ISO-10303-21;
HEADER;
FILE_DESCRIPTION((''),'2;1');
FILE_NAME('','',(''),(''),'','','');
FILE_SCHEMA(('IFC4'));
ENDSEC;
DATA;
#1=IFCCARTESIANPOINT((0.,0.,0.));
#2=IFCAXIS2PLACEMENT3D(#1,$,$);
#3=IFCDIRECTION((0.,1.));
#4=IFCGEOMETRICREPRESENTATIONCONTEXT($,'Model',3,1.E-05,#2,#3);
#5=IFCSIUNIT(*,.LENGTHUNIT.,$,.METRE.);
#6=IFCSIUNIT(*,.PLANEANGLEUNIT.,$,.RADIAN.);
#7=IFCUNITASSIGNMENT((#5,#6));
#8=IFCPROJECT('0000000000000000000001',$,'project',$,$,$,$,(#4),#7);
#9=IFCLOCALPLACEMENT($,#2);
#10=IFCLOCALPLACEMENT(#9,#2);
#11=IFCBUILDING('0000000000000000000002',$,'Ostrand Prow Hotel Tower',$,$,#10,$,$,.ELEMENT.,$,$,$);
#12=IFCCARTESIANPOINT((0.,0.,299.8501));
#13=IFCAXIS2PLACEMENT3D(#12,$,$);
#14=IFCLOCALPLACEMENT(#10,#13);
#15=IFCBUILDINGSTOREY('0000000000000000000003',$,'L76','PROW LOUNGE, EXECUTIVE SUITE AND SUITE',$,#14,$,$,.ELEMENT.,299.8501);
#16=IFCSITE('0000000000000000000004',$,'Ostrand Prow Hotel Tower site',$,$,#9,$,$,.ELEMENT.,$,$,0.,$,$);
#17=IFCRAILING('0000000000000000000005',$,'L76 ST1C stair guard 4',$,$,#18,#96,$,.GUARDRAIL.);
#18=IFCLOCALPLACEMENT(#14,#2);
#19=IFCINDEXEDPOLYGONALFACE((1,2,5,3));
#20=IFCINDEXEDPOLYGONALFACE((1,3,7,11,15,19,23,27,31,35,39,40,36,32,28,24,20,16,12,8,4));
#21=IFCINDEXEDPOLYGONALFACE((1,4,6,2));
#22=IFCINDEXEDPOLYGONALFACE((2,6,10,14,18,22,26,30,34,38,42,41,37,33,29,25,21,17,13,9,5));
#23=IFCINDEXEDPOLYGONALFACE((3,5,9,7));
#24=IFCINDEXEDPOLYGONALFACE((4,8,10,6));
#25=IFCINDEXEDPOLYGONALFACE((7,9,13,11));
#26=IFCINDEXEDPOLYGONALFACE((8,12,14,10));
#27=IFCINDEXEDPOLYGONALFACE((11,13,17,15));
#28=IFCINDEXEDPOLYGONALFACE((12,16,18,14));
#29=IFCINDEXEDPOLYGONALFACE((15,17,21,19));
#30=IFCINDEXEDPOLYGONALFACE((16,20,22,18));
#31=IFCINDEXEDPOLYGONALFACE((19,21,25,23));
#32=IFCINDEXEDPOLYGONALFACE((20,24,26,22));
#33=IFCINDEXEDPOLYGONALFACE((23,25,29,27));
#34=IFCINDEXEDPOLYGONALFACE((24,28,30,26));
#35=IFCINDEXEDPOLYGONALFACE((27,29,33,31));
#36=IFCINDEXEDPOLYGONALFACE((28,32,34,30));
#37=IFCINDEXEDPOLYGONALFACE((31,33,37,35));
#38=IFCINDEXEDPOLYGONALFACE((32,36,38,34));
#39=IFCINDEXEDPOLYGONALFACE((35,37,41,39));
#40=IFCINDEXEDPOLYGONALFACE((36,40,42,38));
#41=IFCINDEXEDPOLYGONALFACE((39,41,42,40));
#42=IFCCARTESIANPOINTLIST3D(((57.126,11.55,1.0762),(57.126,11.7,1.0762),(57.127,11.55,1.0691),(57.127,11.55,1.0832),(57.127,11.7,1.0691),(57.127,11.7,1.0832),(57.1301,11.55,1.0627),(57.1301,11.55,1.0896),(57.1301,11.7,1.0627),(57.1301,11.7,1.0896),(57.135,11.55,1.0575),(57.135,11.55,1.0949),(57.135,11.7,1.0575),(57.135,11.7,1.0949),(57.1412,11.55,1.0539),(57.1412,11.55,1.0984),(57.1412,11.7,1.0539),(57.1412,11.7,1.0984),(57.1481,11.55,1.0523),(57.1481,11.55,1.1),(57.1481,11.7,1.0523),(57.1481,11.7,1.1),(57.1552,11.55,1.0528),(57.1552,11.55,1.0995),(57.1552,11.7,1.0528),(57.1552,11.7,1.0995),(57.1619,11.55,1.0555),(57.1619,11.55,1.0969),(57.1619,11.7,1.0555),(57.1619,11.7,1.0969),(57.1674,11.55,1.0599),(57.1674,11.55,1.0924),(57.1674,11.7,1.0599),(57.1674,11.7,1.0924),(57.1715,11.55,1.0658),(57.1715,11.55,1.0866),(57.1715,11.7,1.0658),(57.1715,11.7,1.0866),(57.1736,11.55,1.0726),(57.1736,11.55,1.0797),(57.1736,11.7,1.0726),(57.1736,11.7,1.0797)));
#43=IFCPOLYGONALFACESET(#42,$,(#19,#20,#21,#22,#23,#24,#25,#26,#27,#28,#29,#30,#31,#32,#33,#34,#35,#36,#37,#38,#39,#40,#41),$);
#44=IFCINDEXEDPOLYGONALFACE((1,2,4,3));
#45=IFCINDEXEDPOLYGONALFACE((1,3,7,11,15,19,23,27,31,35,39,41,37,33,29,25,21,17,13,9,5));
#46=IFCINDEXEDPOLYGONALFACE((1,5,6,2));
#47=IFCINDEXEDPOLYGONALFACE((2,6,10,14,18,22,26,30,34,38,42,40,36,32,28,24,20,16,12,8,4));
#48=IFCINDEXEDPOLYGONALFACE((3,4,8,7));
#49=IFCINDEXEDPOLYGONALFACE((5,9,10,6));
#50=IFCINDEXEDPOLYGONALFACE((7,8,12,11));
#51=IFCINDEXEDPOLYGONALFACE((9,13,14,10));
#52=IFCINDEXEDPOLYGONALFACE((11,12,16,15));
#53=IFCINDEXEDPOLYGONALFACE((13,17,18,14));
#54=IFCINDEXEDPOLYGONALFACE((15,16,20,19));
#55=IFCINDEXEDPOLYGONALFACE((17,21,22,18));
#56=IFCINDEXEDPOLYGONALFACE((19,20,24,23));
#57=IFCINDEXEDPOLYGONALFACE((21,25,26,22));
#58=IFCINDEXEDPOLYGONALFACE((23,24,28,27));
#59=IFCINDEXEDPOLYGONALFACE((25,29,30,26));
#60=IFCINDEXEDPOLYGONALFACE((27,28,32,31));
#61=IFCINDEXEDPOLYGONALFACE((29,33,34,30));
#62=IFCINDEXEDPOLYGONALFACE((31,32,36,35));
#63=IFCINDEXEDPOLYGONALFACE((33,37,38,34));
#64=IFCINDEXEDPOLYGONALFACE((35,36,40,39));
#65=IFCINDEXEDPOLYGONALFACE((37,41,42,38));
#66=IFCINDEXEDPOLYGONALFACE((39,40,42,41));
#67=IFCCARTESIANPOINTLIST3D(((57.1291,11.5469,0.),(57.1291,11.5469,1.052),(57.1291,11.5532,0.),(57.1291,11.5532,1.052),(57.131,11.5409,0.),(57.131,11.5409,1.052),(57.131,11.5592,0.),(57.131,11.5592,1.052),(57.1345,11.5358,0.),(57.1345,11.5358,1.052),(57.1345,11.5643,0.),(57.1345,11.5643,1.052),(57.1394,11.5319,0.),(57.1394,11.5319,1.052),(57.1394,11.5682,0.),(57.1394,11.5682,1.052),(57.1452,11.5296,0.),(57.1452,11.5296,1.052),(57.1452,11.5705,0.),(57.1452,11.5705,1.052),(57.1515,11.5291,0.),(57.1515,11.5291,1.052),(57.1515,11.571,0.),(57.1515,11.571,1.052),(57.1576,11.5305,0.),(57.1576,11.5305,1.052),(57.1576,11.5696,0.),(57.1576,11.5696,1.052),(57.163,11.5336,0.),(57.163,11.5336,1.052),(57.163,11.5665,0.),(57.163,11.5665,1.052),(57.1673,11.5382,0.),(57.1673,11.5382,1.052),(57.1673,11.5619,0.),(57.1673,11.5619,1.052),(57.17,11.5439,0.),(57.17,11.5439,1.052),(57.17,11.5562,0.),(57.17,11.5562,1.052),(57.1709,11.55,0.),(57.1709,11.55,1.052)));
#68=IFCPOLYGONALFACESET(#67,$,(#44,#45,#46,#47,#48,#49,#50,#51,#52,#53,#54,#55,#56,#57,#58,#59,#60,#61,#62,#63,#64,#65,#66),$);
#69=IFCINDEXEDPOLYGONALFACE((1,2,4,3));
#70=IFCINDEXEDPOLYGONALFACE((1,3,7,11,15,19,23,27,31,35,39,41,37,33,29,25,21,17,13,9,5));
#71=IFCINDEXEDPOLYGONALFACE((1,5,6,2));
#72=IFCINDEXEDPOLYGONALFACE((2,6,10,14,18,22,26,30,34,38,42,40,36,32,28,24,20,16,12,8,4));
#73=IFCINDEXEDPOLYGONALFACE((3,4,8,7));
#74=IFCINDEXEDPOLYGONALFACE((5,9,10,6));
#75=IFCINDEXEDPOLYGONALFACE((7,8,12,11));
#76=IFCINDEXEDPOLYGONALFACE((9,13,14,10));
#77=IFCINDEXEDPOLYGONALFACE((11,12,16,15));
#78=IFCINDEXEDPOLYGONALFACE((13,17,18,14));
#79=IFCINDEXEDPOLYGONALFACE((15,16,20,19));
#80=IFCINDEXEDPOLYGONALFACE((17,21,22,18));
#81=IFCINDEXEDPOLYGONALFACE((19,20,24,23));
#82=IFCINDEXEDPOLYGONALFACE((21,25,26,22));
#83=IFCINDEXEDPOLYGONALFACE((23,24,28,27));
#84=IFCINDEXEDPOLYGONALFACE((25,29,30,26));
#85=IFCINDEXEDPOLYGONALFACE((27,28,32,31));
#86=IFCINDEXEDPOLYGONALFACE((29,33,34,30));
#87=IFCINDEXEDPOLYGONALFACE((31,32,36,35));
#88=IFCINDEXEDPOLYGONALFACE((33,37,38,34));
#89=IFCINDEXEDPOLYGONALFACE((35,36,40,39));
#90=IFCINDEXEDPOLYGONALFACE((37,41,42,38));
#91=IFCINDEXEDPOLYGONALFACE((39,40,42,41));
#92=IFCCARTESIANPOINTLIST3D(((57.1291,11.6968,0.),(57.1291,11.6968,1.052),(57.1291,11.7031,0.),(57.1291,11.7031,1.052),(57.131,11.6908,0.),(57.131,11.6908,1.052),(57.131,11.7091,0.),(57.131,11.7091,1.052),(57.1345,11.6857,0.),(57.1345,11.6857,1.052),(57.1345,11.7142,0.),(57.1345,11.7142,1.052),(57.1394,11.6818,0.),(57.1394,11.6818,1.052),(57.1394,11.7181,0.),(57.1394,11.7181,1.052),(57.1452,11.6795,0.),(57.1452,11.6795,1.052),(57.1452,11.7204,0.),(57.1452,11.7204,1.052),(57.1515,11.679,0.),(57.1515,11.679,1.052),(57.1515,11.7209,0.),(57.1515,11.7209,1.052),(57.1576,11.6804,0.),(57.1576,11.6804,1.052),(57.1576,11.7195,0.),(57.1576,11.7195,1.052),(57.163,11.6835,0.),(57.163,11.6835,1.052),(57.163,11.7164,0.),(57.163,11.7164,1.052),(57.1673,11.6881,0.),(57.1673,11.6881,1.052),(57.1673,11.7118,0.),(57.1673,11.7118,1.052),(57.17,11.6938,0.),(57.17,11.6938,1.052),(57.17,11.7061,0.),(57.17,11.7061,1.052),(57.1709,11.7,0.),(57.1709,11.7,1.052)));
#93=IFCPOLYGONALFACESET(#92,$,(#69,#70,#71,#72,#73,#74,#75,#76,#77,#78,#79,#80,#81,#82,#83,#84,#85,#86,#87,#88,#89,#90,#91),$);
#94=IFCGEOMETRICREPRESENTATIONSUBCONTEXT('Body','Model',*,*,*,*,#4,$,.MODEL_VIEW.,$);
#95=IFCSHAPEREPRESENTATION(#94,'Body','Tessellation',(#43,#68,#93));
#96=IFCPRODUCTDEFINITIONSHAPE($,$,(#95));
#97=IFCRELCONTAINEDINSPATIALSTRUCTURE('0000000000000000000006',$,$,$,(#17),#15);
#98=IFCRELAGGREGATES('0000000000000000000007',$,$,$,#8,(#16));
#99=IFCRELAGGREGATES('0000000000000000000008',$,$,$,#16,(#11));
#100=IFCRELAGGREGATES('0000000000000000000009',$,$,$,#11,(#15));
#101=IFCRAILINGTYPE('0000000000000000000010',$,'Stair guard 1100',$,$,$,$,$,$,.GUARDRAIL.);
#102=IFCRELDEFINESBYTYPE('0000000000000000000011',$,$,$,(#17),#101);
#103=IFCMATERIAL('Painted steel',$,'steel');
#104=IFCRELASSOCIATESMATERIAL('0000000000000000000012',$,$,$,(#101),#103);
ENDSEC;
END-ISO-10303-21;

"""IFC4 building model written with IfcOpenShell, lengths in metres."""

from ifc_helpers import new_model, si_unit, direction, frame, origin, origin_2d, place, context, subcontext, project, spatial, circle, extrude, material, type_object, element, save


model = new_model("IFC4")

# Units and contexts
model_context = context("Model", 3, precision=1e-05, world=origin(), true_north=direction((0.0, 1.0)))
body_context = subcontext(model_context, "Body", "Model", "MODEL_VIEW")
ifc_project = project(units=[si_unit("LENGTHUNIT", "METRE"), si_unit("PLANEANGLEUNIT", "RADIAN")], contexts=[model_context])

# Site, building, storey
site_placement = place(None, origin())
site = spatial("IfcSite", under=ifc_project, at=site_placement, Name="Ostrand Prow Hotel Tower site", CompositionType="ELEMENT", RefElevation=0.0)
building_placement = place(site_placement, origin())
building = spatial("IfcBuilding", under=site, at=building_placement, Name="Ostrand Prow Hotel Tower", CompositionType="ELEMENT")
storey_placement = place(building_placement, frame((0.0, 0.0, 299.8501)))
storey = spatial("IfcBuildingStorey", under=building, at=storey_placement, Name="L76", Description="PROW LOUNGE, EXECUTIVE SUITE AND SUITE", CompositionType="ELEMENT", Elevation=299.8501)

# Railing
ifc_material_1 = material(Name="Painted steel", Category="steel")
railing_type_1 = type_object("IfcRailingType", Name="Stair guard 1100", PredefinedType="GUARDRAIL", material=ifc_material_1)
railing_1_placement = place(storey_placement, frame((57.1499, 11.55, 0.0)))
element("IfcRailing", 1, at=railing_1_placement, inside=storey, type_object=railing_type_1, Name="L76 ST1C stair guard 4", PredefinedType="GUARDRAIL", context=body_context, shape_type="SweptSolid", body=[
    extrude(circle(Radius=0.0239, at=origin_2d()), frame((0.0, 0.0, 1.0762), z_axis=(0.0, 1.0, 0.0), x_axis=(-1.0, 0.0, 0.0)), (0.0, 0.0, 1.0), 0.1499),
    extrude(circle(Radius=0.021, at=origin_2d()), origin(), (0.0, 0.0, 1.0), 1.052),
    extrude(circle(Radius=0.021, at=origin_2d()), frame((0.0, 0.1499, 0.0)), (0.0, 0.0, 1.0), 1.052),
])

save(model, "model.ifc")
